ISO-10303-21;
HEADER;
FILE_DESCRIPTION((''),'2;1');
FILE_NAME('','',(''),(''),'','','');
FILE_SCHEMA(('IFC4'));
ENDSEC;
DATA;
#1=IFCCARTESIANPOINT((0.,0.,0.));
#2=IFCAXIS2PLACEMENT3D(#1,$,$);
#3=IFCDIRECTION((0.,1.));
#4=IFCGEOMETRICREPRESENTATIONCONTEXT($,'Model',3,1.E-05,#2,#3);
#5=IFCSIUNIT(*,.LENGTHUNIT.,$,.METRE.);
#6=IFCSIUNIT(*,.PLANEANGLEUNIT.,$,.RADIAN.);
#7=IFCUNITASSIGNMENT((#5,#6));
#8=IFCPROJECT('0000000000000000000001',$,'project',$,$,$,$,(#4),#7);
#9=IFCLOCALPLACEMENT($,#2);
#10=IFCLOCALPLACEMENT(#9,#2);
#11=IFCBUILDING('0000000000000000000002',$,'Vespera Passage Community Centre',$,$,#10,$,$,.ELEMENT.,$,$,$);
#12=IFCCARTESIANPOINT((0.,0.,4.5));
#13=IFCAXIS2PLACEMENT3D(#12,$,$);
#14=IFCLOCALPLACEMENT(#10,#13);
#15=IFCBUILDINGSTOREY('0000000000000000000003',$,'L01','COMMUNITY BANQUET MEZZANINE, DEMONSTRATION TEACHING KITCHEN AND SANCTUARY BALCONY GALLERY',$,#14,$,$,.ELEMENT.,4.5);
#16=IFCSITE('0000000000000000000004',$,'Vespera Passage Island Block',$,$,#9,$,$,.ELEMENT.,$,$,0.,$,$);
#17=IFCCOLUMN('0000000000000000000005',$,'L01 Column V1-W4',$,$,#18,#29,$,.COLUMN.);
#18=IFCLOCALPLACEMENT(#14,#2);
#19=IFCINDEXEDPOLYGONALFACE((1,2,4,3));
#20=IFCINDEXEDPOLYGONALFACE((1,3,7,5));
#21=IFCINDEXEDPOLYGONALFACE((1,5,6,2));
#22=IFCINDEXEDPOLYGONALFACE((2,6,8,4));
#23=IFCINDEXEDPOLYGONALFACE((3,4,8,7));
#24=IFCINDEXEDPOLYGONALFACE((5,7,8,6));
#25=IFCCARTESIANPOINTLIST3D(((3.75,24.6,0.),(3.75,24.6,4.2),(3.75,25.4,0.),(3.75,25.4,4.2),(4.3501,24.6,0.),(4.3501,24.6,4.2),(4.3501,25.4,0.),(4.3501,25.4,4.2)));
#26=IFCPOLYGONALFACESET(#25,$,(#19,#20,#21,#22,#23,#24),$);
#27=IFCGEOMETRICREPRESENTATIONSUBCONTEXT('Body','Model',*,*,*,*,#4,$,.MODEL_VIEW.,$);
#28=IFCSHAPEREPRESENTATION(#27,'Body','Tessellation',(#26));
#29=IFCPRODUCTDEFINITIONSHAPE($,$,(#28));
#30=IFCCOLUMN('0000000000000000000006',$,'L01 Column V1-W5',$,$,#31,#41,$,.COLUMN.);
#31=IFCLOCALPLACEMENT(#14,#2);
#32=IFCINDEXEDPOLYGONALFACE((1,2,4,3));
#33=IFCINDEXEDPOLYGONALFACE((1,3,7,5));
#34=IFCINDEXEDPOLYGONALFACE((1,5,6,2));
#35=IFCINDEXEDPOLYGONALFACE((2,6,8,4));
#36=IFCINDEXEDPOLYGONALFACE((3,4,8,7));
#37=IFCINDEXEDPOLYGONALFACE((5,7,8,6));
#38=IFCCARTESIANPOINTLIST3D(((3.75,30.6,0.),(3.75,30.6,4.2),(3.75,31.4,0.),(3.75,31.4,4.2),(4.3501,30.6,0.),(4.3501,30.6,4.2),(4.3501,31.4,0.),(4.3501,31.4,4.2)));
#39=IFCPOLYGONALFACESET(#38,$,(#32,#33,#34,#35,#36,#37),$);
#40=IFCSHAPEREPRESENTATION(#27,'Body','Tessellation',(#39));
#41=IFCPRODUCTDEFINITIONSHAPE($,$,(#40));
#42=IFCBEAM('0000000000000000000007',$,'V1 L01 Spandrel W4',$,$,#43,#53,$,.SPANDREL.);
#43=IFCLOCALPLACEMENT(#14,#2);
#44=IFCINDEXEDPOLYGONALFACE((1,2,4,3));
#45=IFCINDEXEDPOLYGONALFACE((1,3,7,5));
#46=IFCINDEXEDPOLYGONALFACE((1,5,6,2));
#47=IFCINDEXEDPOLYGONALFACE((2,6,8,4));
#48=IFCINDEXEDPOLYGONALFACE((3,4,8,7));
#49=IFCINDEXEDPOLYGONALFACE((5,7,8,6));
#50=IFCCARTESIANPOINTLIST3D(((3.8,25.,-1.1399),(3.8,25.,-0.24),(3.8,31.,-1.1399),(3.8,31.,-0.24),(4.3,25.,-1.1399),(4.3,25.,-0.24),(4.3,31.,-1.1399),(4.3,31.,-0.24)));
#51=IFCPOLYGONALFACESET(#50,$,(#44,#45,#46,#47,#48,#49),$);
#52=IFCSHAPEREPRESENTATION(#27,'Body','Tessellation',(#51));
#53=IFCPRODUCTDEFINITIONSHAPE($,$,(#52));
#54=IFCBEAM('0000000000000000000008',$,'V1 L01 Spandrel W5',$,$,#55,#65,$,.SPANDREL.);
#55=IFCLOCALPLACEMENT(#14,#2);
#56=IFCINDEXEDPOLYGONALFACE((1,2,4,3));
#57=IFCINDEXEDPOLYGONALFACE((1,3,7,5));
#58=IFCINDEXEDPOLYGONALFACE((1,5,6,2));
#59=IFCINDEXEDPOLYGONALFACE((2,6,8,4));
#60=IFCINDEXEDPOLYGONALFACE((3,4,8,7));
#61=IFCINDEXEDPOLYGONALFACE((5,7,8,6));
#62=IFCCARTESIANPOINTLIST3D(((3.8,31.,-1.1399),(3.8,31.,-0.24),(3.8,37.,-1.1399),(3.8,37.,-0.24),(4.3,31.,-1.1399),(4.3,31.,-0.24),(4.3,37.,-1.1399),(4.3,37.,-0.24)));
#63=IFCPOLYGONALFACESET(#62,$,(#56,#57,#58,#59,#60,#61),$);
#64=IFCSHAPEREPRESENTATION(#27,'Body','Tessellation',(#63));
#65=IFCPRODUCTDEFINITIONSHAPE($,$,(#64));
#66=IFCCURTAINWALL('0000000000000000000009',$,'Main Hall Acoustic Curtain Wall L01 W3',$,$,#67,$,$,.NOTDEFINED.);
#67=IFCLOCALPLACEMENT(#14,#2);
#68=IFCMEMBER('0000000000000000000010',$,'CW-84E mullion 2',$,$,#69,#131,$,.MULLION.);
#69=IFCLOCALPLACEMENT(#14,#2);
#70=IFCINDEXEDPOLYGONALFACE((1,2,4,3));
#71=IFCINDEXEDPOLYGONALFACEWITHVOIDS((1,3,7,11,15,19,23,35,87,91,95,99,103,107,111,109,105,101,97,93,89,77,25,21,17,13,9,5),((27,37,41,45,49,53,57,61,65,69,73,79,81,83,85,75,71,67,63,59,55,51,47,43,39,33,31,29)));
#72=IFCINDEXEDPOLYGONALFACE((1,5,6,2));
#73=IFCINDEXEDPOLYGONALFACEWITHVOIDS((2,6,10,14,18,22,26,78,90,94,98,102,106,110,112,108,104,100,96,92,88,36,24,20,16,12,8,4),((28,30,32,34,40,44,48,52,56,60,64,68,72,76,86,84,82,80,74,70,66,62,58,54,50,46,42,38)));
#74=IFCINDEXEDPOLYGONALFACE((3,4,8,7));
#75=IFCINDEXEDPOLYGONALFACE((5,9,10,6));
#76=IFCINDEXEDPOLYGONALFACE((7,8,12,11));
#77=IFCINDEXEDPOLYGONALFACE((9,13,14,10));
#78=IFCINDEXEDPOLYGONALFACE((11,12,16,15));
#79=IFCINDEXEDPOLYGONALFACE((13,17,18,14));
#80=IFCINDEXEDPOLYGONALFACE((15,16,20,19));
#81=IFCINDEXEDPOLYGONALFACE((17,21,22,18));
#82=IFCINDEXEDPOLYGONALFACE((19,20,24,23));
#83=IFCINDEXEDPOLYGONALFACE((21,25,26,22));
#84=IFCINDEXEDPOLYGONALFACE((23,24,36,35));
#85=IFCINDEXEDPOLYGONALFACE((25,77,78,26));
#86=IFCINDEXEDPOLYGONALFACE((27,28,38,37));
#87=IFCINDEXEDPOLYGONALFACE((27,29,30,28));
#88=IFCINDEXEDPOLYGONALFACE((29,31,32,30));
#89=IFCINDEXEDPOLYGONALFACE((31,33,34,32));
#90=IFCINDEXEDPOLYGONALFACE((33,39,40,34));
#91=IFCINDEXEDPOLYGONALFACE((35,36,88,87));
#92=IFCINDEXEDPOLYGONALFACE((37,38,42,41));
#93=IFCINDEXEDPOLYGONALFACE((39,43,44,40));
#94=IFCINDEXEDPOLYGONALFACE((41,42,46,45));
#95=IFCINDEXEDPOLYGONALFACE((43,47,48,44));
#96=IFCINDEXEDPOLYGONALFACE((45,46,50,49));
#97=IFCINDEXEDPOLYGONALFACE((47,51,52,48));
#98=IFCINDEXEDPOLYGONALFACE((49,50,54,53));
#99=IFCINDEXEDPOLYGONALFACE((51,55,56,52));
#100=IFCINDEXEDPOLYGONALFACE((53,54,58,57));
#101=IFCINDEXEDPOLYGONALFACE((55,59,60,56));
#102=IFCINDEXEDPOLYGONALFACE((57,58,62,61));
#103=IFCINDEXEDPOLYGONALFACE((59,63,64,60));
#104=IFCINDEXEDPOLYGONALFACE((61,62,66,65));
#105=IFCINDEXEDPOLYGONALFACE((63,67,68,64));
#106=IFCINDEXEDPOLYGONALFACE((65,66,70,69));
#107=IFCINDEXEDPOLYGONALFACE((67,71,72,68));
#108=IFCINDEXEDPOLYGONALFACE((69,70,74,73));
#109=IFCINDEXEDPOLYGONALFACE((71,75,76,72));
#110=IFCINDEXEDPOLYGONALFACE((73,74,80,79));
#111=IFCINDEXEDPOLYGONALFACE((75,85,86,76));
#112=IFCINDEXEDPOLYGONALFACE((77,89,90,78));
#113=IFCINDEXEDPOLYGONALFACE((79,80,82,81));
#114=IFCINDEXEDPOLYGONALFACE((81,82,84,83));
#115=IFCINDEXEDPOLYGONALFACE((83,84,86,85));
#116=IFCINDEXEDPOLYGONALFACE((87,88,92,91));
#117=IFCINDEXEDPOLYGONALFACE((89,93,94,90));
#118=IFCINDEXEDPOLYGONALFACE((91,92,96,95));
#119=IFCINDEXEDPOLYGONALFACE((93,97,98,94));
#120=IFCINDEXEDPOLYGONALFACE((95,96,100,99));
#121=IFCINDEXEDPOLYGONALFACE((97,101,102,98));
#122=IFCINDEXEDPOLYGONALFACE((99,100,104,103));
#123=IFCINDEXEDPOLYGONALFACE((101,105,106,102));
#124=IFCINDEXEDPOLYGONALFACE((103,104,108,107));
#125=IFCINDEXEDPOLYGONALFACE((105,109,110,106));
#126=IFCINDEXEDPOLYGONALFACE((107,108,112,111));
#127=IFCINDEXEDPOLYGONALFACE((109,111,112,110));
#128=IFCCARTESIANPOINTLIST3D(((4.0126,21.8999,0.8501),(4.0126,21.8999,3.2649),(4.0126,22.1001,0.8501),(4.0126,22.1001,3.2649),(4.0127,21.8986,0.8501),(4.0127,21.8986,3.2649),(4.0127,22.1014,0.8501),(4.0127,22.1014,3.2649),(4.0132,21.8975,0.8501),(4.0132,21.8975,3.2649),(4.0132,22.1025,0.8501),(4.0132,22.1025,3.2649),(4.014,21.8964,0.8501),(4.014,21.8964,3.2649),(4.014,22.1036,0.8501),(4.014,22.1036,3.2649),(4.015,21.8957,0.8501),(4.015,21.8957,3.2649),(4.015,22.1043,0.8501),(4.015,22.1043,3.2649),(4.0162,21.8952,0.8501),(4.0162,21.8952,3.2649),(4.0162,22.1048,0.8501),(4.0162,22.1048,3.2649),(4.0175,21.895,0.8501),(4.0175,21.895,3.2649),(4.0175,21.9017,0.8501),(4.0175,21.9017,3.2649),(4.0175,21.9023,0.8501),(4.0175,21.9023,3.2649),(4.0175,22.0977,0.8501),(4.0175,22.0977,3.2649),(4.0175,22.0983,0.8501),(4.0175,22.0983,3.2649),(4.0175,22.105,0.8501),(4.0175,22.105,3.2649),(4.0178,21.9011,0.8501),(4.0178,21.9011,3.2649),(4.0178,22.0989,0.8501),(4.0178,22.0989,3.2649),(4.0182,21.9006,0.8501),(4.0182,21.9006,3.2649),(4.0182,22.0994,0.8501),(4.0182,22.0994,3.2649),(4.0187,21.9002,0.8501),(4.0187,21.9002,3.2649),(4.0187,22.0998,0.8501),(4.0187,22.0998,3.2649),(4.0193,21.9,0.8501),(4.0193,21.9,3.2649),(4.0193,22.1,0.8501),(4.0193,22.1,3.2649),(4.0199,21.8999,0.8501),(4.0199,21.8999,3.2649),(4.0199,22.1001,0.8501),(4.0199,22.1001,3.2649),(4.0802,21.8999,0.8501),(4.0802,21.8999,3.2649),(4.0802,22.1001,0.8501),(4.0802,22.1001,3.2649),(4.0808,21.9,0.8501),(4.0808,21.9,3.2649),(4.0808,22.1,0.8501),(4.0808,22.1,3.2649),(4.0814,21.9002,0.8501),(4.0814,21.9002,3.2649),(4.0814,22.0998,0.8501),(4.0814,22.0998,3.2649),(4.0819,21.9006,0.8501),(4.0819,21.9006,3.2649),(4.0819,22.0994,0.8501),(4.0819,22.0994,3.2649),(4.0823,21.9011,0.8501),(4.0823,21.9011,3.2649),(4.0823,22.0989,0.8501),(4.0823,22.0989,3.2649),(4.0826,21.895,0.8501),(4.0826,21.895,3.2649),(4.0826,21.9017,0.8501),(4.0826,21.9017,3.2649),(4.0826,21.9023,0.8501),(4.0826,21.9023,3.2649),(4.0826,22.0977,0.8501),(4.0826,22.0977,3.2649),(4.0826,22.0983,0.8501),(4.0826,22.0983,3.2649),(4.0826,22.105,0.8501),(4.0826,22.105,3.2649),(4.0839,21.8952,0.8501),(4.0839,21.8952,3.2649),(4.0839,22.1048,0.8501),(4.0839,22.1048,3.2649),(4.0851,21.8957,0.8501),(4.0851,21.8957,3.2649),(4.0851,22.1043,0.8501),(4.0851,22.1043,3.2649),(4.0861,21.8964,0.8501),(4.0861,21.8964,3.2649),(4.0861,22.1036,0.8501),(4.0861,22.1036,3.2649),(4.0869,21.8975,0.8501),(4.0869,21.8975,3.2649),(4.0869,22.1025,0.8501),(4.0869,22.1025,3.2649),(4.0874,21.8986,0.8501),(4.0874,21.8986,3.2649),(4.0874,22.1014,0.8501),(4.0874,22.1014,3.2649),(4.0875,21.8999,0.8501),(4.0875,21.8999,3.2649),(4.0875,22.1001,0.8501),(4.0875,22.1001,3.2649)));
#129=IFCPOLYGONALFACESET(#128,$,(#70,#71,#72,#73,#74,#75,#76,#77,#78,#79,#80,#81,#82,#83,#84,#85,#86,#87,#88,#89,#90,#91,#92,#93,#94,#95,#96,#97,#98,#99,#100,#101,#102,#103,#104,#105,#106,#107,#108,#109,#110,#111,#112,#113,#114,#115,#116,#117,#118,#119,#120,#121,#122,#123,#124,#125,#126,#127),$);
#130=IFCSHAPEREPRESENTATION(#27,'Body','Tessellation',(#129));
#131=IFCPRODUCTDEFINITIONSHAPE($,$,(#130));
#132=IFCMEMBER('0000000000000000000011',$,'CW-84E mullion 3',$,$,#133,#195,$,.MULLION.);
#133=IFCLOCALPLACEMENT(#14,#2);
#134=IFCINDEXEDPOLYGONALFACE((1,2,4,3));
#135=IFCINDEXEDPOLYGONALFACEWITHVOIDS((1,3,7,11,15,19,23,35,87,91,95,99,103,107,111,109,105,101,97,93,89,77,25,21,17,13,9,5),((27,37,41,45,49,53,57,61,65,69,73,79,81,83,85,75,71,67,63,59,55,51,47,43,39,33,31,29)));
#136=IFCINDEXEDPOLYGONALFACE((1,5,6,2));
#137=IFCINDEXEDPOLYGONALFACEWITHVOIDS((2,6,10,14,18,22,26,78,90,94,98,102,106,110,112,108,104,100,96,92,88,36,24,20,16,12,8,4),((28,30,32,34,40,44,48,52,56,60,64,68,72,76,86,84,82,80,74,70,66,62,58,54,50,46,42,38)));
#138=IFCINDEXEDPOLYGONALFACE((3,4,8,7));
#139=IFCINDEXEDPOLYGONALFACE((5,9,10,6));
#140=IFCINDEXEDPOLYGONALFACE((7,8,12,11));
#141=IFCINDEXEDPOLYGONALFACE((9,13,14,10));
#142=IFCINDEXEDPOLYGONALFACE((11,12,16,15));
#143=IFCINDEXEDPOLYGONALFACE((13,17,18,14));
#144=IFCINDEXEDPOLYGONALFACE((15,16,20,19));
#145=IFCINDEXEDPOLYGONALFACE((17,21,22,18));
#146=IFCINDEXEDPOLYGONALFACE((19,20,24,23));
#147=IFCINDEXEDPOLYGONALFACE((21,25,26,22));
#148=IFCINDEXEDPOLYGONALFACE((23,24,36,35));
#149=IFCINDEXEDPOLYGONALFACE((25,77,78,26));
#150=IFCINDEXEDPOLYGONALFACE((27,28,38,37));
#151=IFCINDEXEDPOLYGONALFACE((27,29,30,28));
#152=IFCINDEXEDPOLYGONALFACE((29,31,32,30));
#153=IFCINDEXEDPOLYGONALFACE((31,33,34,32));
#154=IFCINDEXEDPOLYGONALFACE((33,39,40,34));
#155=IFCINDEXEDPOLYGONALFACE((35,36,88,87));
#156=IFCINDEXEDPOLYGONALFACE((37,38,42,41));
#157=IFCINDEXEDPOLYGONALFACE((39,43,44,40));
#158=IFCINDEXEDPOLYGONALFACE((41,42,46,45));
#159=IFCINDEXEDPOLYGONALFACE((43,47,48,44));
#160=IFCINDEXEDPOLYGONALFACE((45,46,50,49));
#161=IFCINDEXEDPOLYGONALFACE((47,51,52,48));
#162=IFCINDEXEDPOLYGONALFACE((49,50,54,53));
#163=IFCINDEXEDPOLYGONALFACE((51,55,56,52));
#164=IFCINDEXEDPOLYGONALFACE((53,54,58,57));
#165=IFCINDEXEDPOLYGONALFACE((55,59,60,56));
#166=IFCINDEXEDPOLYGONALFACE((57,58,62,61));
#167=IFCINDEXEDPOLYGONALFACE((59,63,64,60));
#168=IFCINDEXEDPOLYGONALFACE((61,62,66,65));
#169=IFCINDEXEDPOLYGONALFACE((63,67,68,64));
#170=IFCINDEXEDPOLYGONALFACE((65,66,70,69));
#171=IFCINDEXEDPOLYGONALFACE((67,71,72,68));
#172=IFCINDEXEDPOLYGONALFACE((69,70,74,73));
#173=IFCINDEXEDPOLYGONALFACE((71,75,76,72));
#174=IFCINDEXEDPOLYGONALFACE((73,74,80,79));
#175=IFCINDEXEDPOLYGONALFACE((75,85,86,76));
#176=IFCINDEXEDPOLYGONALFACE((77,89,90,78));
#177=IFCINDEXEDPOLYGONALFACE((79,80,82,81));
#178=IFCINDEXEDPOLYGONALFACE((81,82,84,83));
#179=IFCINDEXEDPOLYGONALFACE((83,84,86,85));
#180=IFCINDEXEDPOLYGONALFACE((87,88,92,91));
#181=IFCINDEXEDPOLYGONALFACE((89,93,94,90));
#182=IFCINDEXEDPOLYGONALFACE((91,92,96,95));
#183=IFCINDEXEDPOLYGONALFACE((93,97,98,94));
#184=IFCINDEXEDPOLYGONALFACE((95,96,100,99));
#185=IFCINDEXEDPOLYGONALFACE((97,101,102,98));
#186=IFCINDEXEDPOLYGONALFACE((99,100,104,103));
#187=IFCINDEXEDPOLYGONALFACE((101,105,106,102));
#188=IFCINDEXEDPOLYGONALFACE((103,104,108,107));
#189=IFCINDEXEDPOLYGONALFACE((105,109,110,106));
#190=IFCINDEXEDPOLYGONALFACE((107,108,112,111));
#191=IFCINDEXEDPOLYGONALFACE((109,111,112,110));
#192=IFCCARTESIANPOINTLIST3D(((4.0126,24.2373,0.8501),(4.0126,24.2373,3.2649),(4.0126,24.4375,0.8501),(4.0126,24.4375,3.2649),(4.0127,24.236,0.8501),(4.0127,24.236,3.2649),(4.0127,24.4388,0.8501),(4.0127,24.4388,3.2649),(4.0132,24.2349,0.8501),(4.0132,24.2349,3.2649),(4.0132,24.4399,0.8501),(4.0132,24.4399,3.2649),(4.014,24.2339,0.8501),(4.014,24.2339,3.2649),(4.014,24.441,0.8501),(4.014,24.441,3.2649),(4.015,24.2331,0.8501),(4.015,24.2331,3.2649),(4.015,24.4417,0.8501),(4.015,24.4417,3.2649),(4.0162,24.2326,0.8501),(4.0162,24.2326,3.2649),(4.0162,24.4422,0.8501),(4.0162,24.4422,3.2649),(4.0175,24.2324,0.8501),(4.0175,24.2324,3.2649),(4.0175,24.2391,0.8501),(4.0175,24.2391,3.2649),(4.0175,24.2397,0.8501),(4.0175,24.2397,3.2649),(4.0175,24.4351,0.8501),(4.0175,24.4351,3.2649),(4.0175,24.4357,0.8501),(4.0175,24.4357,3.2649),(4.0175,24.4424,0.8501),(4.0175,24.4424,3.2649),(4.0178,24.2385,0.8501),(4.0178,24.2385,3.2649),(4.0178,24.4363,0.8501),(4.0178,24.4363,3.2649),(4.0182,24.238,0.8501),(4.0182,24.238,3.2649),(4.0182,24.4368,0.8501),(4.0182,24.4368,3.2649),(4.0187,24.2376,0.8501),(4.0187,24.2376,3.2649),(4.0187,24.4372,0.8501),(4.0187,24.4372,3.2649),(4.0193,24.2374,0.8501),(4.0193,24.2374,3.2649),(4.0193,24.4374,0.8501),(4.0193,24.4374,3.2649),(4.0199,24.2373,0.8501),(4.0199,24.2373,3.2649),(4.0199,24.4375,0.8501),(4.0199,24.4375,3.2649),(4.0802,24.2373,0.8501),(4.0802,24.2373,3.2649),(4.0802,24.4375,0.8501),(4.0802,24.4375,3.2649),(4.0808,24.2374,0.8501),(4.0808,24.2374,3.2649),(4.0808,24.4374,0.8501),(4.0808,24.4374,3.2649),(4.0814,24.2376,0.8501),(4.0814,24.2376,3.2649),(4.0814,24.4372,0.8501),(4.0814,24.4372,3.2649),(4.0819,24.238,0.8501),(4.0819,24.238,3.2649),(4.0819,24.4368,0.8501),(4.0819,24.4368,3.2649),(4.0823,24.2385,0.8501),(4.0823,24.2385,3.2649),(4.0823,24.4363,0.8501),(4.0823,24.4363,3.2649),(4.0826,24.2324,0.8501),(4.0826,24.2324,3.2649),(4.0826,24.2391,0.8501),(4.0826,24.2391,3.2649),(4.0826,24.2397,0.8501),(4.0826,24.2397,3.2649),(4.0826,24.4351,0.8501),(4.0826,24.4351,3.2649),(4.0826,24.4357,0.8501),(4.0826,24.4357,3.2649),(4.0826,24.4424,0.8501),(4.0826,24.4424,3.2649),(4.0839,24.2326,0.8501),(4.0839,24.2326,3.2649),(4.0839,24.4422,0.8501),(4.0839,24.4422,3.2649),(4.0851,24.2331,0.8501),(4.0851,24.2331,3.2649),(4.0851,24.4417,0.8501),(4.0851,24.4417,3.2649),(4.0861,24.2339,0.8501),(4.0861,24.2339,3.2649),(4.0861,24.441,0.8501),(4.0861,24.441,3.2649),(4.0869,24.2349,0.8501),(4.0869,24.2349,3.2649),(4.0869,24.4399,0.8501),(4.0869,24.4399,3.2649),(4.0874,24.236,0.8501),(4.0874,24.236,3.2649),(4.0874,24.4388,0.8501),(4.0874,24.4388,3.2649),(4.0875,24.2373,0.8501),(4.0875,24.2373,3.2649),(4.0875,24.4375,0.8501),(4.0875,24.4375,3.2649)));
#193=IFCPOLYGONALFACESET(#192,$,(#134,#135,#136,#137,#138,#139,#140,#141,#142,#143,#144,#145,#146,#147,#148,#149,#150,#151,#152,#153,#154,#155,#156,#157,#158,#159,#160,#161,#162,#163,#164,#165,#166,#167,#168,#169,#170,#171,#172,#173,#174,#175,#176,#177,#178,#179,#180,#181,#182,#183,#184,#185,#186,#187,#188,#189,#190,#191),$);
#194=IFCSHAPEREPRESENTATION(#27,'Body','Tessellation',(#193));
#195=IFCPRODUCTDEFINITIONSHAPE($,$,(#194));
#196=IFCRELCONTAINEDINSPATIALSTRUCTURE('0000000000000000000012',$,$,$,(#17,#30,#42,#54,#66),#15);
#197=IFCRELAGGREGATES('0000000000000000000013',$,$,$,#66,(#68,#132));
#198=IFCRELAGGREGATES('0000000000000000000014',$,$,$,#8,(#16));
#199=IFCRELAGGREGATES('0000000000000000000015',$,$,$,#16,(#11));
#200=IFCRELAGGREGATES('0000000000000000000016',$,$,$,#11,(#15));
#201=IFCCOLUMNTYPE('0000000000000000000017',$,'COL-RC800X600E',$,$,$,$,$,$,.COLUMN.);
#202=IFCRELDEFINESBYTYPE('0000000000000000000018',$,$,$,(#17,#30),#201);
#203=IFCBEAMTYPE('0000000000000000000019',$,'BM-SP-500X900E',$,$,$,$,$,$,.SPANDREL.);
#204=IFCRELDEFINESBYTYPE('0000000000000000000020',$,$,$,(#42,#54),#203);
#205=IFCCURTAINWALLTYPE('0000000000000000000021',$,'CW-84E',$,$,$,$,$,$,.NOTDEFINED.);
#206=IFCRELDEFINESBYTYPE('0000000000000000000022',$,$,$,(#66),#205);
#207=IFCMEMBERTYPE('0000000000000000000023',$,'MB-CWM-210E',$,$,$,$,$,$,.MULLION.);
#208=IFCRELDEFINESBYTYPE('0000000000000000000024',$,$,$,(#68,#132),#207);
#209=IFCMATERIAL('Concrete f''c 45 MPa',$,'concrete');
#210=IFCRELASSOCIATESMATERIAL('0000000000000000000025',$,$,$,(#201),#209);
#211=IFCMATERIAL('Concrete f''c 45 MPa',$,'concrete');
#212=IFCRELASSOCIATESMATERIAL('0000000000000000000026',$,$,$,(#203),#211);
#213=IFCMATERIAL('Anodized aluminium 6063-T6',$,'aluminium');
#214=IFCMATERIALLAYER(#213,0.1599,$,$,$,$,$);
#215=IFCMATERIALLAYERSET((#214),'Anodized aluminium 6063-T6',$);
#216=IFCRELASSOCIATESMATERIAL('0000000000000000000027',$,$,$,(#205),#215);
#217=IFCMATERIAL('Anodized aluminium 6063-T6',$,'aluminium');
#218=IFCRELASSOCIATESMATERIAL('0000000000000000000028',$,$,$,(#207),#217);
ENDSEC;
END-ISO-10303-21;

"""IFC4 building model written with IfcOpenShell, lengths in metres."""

from ifc_helpers import new_model, si_unit, direction, frame, origin, origin_2d, place, context, subcontext, project, spatial, rectangle, hollow_rectangle, extrude, material, layer, layer_set, material_profile, profile_set, type_object, element, aggregate, save


model = new_model("IFC4")

# Units and contexts
model_context = context("Model", 3, precision=1e-05, world=origin(), true_north=direction((0.0, 1.0)))
body_context = subcontext(model_context, "Body", "Model", "MODEL_VIEW")
ifc_project = project(units=[si_unit("LENGTHUNIT", "METRE"), si_unit("PLANEANGLEUNIT", "RADIAN")], contexts=[model_context])

# Site, building, storey
site_placement = place(None, origin())
site = spatial("IfcSite", under=ifc_project, at=site_placement, Name="Vespera Passage Island Block", CompositionType="ELEMENT", RefElevation=0.0)
building_placement = place(site_placement, origin())
building = spatial("IfcBuilding", under=site, at=building_placement, Name="Vespera Passage Community Centre", CompositionType="ELEMENT")
storey_placement = place(building_placement, frame((0.0, 0.0, 4.5)))
storey = spatial("IfcBuildingStorey", under=building, at=storey_placement, Name="L01", Description="COMMUNITY BANQUET MEZZANINE, DEMONSTRATION TEACHING KITCHEN AND SANCTUARY BALCONY GALLERY", CompositionType="ELEMENT", Elevation=4.5)

# Columns
ifc_material_1 = material(Name="Concrete f'c 45 MPa", Category="concrete")
ifc_material_profile_1 = material_profile(ifc_material_1, rectangle(XDim=0.6001, YDim=0.8, at=origin_2d()), Name="RC800X600")
ifc_profile_set_1 = profile_set([ifc_material_profile_1], Name="Concrete f'c 45 MPa")
column_type = type_object("IfcColumnType", Name="COL-RC800X600E", PredefinedType="COLUMN", material=ifc_profile_set_1)
for number, where, z_axis, x_axis, name in (
    (1, (4.05, 25.0, 0.0), (0.0, 0.0, 1.0), (1.0, 0.0, 0.0), "L01 Column V1-W4"),
    (2, (4.05, 31.0, 0.0), (0.0, 0.0, 1.0), (1.0, 0.0, 0.0), "L01 Column V1-W5"),
):
    element("IfcColumn", number, at=place(storey_placement, frame(where, z_axis=z_axis, x_axis=x_axis)), inside=storey, type_object=column_type, Name=name, PredefinedType="COLUMN", context=body_context, shape_type="SweptSolid", body=[
        extrude(rectangle(XDim=0.6001, YDim=0.8, at=origin_2d()), origin(), (0.0, 0.0, 1.0), 4.2),
    ])

# Beams
ifc_material_2 = material(Name="Concrete f'c 45 MPa", Category="concrete")
ifc_material_profile_2 = material_profile(ifc_material_2, rectangle(XDim=0.5, YDim=0.8999, at=origin_2d()), Name="RC500X900")
ifc_profile_set_2 = profile_set([ifc_material_profile_2], Name="Concrete f'c 45 MPa")
beam_type = type_object("IfcBeamType", Name="BM-SP-500X900E", PredefinedType="SPANDREL", material=ifc_profile_set_2)
for number, where, z_axis, x_axis, name in (
    (3, (4.05, 25.0, -0.6899), (0.0, 1.0, 0.0), (-1.0, 0.0, 0.0), "V1 L01 Spandrel W4"),
    (4, (4.05, 31.0, -0.6899), (0.0, 1.0, 0.0), (-1.0, 0.0, 0.0), "V1 L01 Spandrel W5"),
):
    element("IfcBeam", number, at=place(storey_placement, frame(where, z_axis=z_axis, x_axis=x_axis)), inside=storey, type_object=beam_type, Name=name, PredefinedType="SPANDREL", context=body_context, shape_type="SweptSolid", body=[
        extrude(rectangle(XDim=0.5, YDim=0.8999, at=origin_2d()), origin(), (0.0, 0.0, 1.0), 6.0),
    ])

# Curtain wall, members
ifc_material_3 = material(Name="Anodized aluminium 6063-T6", Category="aluminium")
ifc_layer_1 = layer(ifc_material_3, 0.1599)
ifc_layer_set_1 = layer_set([ifc_layer_1], Name="Anodized aluminium 6063-T6")
curtain_wall_type = type_object("IfcCurtainWallType", Name="CW-84E", PredefinedType="NOTDEFINED", material=ifc_layer_set_1)
curtain_wall_1_placement = place(storey_placement, origin())
curtain_wall_1 = element("IfcCurtainWall", 5, at=curtain_wall_1_placement, inside=storey, type_object=curtain_wall_type, Name="Main Hall Acoustic Curtain Wall L01 W3", PredefinedType="NOTDEFINED")
ifc_material_4 = material(Name="Anodized aluminium 6063-T6", Category="aluminium")
ifc_material_profile_3 = material_profile(ifc_material_4, hollow_rectangle(XDim=0.075, YDim=0.21, WallThickness=0.0049, InnerFilletRadius=0.0024, OuterFilletRadius=0.0049, at=origin_2d()), Name="ALU210X75X5")
ifc_profile_set_3 = profile_set([ifc_material_profile_3], Name="Anodized aluminium 6063-T6")
member_type_1 = type_object("IfcMemberType", Name="MB-CWM-210E", PredefinedType="MULLION", material=ifc_profile_set_3)
member_1_placement = place(storey_placement, frame((4.05, 22.0, 0.8501), z_axis=(0.0, 0.0, 1.0), x_axis=(-1.0, 0.0, 0.0)))
member_1 = element("IfcMember", 6, at=member_1_placement, type_object=member_type_1, Name="CW-84E mullion 2", PredefinedType="MULLION", context=body_context, shape_type="SweptSolid", body=[
    extrude(hollow_rectangle(XDim=0.075, YDim=0.21, WallThickness=0.0049, InnerFilletRadius=0.0024, OuterFilletRadius=0.0049, at=origin_2d()), origin(), (0.0, 0.0, 1.0), 2.4148),
])
member_2_placement = place(storey_placement, frame((4.05, 24.3374, 0.8501), z_axis=(0.0, 0.0, 1.0), x_axis=(-1.0, 0.0, 0.0)))
member_2 = element("IfcMember", 7, at=member_2_placement, type_object=member_type_1, Name="CW-84E mullion 3", PredefinedType="MULLION", context=body_context, shape_type="SweptSolid", body=[
    extrude(hollow_rectangle(XDim=0.075, YDim=0.21, WallThickness=0.0049, InnerFilletRadius=0.0024, OuterFilletRadius=0.0049, at=origin_2d()), origin(), (0.0, 0.0, 1.0), 2.4148),
])

aggregate(curtain_wall_1, [member_1, member_2])

save(model, "model.ifc")
